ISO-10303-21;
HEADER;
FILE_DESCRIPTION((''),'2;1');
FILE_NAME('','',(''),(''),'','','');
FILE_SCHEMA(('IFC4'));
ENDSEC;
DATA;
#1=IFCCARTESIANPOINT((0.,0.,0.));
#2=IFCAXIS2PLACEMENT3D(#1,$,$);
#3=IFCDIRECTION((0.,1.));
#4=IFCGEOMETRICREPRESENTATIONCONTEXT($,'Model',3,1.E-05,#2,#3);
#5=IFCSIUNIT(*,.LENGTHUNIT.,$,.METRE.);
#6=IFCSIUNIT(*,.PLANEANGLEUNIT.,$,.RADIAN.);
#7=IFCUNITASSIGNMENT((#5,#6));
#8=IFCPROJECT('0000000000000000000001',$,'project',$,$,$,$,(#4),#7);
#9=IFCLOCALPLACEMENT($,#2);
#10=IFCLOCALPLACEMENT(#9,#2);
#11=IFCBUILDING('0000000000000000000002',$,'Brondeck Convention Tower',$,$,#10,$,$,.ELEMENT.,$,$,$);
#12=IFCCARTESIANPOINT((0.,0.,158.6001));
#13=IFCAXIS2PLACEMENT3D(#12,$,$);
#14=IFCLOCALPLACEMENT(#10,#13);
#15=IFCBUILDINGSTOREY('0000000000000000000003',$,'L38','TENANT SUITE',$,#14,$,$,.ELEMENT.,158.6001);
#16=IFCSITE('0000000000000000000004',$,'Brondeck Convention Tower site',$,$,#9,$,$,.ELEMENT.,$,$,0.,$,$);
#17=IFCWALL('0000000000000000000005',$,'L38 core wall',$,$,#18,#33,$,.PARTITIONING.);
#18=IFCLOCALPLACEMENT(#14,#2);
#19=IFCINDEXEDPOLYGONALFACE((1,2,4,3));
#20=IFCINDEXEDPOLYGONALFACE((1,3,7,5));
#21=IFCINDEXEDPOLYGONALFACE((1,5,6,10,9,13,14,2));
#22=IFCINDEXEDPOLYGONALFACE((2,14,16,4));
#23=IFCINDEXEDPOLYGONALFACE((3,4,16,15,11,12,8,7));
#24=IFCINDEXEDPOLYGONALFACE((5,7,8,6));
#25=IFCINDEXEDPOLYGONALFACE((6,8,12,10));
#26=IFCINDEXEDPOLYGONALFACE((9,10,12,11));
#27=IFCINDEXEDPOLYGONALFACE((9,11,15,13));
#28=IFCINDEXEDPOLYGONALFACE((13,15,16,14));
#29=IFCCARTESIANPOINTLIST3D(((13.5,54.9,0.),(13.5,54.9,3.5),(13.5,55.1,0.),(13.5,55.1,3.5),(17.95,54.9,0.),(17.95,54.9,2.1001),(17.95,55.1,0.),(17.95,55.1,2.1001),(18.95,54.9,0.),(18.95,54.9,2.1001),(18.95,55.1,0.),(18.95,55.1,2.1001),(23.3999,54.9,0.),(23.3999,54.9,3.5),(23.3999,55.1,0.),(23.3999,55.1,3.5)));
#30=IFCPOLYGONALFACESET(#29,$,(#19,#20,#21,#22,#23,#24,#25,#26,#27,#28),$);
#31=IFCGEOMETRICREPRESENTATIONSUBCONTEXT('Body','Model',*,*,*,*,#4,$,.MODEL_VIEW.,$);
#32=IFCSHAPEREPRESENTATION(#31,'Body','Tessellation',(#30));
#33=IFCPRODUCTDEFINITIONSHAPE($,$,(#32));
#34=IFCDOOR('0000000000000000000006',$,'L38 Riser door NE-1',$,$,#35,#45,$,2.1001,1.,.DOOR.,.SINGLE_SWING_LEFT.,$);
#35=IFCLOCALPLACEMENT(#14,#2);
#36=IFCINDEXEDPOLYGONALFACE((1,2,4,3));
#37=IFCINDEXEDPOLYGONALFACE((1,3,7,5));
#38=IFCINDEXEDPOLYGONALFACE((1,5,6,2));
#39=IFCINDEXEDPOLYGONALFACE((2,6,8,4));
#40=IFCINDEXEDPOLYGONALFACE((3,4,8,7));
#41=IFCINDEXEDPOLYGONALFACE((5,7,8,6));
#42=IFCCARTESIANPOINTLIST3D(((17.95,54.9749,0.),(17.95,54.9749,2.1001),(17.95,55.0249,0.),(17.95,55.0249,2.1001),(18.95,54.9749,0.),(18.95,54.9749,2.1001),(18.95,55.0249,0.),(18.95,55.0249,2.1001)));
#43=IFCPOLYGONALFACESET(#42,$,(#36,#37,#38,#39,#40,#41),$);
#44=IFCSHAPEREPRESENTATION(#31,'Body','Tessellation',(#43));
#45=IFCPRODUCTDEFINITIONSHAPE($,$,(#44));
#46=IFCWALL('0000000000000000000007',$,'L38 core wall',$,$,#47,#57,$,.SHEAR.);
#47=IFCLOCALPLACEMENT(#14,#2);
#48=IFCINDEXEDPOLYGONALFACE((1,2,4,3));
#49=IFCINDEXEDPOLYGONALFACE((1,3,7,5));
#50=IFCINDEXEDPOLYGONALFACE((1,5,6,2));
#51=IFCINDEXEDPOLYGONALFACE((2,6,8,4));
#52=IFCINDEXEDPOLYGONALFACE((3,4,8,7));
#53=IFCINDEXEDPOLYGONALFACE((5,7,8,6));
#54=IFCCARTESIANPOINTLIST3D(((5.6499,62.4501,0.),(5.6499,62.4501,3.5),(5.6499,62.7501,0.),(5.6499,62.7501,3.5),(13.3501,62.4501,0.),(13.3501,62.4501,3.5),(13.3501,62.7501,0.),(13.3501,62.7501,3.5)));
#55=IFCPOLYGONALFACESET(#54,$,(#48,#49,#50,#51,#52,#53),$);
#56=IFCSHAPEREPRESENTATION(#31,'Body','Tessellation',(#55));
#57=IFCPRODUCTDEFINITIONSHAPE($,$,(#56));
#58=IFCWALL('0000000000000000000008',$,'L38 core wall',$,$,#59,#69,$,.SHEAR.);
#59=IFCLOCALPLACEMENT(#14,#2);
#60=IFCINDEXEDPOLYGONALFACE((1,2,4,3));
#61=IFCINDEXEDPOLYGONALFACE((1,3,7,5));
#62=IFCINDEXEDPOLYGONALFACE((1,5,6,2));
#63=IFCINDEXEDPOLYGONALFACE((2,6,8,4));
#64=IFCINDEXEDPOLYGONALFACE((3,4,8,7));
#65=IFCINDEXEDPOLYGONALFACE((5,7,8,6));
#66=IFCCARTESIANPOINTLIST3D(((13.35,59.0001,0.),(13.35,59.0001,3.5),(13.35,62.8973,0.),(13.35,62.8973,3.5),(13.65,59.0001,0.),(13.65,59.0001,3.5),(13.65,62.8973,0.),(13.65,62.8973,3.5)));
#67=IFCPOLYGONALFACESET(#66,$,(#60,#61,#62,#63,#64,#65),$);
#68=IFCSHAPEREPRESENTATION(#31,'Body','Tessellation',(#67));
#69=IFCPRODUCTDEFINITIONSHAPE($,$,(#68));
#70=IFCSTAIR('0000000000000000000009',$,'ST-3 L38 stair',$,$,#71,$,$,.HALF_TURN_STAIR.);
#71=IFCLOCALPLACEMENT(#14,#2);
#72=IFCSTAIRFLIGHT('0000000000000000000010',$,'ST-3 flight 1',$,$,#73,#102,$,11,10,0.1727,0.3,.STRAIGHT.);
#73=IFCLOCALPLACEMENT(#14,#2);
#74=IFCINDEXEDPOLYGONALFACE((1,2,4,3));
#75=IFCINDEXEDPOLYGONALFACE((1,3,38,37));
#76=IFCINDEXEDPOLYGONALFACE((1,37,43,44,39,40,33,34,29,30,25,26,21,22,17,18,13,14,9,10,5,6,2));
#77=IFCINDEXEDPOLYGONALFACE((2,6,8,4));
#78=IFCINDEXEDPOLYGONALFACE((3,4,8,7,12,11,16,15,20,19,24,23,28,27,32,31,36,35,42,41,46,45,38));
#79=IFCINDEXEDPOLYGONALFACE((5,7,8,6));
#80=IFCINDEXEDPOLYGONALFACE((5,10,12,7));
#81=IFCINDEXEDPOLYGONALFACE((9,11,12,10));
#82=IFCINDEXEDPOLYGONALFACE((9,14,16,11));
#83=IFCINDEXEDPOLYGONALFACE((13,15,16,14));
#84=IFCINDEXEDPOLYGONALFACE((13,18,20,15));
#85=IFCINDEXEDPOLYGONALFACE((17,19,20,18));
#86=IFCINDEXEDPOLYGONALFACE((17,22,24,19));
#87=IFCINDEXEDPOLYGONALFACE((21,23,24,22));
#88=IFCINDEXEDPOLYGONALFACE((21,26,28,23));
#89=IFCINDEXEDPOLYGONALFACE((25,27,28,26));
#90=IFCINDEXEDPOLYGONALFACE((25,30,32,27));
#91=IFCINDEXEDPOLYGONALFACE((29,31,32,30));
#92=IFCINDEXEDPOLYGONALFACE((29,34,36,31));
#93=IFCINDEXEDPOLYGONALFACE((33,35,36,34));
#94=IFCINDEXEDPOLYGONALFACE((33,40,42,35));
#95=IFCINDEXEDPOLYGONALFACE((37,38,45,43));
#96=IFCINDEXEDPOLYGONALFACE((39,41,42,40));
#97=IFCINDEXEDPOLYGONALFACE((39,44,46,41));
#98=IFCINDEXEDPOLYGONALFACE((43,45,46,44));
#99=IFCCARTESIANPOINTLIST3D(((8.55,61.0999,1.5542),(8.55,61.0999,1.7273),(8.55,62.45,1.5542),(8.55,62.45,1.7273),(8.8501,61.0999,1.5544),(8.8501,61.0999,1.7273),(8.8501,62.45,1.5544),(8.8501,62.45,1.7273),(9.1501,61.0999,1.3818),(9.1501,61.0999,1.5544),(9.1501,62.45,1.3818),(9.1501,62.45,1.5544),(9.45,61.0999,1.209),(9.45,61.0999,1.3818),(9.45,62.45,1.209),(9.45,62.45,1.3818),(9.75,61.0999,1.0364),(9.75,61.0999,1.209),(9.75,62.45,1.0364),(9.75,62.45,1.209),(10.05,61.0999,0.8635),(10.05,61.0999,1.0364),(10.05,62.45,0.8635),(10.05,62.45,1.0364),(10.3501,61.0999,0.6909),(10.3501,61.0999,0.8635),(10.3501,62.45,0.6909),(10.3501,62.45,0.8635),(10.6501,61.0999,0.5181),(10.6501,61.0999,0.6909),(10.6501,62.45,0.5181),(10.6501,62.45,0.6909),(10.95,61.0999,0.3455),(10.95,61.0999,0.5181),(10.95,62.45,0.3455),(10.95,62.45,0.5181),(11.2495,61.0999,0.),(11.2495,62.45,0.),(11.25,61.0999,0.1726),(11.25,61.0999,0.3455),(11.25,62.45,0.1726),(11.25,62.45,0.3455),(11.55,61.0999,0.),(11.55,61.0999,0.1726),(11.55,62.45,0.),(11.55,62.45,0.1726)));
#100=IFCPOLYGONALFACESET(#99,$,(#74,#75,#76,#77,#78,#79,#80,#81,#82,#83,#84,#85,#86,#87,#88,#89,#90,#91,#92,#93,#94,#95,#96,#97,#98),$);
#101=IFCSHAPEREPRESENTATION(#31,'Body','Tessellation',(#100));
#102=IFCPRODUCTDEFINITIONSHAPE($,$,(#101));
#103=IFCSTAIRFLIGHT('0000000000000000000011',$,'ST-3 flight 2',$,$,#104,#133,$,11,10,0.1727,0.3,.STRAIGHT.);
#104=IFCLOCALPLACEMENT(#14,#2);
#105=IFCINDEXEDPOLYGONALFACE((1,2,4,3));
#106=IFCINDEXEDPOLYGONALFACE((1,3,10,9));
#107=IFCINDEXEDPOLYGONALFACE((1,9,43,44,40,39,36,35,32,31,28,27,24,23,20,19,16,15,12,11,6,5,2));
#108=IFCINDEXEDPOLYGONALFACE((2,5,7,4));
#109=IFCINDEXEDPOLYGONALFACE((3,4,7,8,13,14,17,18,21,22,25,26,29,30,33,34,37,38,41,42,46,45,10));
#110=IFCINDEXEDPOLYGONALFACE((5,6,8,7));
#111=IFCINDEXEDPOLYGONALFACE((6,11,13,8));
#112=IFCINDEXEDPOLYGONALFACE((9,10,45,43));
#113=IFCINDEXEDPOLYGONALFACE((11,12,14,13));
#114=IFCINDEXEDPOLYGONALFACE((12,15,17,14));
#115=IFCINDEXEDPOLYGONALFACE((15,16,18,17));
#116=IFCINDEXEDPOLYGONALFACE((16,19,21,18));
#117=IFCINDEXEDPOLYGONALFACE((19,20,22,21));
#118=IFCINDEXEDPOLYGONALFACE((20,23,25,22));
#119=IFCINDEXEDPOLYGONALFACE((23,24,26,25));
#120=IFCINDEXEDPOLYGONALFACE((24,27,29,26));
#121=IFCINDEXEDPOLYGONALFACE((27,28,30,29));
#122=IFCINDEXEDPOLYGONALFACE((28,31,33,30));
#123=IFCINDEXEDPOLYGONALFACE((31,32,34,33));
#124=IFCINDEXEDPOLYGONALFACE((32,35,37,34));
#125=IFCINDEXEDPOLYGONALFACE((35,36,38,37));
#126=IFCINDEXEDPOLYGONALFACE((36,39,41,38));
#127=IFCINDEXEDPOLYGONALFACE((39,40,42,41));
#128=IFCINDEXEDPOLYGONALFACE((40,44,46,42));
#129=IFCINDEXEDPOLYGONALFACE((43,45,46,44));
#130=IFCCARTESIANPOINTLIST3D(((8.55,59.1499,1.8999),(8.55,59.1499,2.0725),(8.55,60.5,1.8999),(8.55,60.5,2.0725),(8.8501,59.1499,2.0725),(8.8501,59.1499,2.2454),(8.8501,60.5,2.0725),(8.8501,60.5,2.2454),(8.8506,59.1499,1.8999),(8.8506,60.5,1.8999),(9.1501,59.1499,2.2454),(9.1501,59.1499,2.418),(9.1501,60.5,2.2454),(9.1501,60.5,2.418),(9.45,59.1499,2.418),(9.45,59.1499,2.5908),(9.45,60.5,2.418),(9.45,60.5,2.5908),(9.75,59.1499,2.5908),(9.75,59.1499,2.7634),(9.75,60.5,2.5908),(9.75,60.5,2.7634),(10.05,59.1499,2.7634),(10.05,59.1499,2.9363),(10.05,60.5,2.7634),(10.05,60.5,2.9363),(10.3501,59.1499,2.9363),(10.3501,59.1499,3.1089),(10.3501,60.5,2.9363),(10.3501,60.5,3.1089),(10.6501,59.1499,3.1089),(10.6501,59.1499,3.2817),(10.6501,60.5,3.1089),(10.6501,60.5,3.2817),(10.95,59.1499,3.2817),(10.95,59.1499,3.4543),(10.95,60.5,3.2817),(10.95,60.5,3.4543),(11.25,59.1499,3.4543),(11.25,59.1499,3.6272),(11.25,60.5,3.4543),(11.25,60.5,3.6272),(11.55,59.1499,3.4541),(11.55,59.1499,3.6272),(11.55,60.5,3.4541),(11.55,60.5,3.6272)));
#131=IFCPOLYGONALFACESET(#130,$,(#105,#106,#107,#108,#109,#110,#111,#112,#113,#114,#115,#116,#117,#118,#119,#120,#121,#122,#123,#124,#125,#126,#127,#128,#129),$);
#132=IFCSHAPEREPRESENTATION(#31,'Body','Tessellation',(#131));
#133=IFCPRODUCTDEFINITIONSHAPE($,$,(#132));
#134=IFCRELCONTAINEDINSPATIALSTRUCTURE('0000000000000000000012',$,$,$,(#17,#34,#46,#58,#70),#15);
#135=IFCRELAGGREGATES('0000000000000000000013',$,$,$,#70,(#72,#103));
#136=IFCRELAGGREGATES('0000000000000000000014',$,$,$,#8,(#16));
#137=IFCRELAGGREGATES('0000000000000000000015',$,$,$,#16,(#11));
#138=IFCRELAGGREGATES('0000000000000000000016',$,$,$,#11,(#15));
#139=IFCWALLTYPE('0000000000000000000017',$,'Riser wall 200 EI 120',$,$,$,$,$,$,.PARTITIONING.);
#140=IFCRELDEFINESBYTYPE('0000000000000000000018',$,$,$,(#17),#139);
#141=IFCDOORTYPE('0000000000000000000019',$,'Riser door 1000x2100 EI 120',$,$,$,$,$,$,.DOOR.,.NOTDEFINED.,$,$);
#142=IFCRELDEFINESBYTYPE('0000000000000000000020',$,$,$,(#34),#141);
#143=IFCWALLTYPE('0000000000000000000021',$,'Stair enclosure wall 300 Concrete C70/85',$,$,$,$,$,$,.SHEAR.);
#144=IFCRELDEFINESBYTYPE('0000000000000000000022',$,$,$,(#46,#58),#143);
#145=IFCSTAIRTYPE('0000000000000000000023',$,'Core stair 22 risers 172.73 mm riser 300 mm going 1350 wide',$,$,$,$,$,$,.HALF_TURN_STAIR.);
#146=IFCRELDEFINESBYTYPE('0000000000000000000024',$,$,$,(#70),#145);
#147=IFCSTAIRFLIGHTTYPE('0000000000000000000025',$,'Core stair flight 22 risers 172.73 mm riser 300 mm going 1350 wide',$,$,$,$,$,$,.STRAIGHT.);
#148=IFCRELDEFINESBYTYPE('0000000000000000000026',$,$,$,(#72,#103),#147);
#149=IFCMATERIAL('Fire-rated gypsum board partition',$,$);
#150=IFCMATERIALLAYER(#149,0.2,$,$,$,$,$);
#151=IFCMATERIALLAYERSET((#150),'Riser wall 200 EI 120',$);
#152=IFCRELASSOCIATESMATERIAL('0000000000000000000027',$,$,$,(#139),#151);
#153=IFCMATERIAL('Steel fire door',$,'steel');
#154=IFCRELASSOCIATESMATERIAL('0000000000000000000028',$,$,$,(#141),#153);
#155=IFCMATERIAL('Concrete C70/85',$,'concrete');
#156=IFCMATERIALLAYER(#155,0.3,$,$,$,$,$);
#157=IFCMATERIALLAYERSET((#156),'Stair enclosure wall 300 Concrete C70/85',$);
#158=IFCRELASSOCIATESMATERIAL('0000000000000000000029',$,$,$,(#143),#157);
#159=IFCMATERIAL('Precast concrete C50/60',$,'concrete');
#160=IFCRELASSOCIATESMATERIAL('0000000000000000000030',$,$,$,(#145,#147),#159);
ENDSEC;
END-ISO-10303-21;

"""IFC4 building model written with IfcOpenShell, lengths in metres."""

from ifc_helpers import new_model, si_unit, direction, frame, frame_2d, origin, place, context, subcontext, project, spatial, polyline, rectangle, outline, extrude, material, layer, layer_set, type_object, element, fill, aggregate, save


model = new_model("IFC4")

# Units and contexts
model_context = context("Model", 3, precision=1e-05, world=origin(), true_north=direction((0.0, 1.0)))
body_context = subcontext(model_context, "Body", "Model", "MODEL_VIEW")
ifc_project = project(units=[si_unit("LENGTHUNIT", "METRE"), si_unit("PLANEANGLEUNIT", "RADIAN")], contexts=[model_context])

# Site, building, storey
site_placement = place(None, origin())
site = spatial("IfcSite", under=ifc_project, at=site_placement, Name="Brondeck Convention Tower site", CompositionType="ELEMENT", RefElevation=0.0)
building_placement = place(site_placement, origin())
building = spatial("IfcBuilding", under=site, at=building_placement, Name="Brondeck Convention Tower", CompositionType="ELEMENT")
storey_placement = place(building_placement, frame((0.0, 0.0, 158.6001)))
storey = spatial("IfcBuildingStorey", under=building, at=storey_placement, Name="L38", Description="TENANT SUITE", CompositionType="ELEMENT", Elevation=158.6001)

# Shared definitions
ifc_material_1 = material(Name="Concrete C70/85", Category="concrete")

# Shared definitions
ifc_material_2 = material(Name="Fire-rated gypsum board partition")

# Shared definitions
ifc_material_3 = material(Name="Steel fire door", Category="steel")

# Wall, opening, door
ifc_layer_1 = layer(ifc_material_2, 0.2)
ifc_layer_set_1 = layer_set([ifc_layer_1], Name="Riser wall 200 EI 120")
wall_type_1 = type_object("IfcWallType", Name="Riser wall 200 EI 120", PredefinedType="PARTITIONING", material=ifc_layer_set_1)
wall_1_placement = place(storey_placement, frame((13.5, 55.0, 0.0), z_axis=(0.0, 0.0, 1.0), x_axis=(1.0, 0.0, 0.0)))
wall_1 = element("IfcWall", 1, at=wall_1_placement, inside=storey, type_object=wall_type_1, Name="L38 core wall", PredefinedType="PARTITIONING", context=body_context, shape_type="SweptSolid", body=[
    extrude(rectangle(XDim=9.8999, YDim=0.2, at=frame_2d((4.95, 0.0))), origin(), (0.0, 0.0, 1.0), 3.5),
])
opening_1_placement = place(wall_1_placement, frame((4.45, 0.0, 0.0)))
opening_1 = element("IfcOpeningElement", 2, at=opening_1_placement, cuts=wall_1, PredefinedType="OPENING", context=body_context, shape_type="SweptSolid", body=[
    extrude(rectangle(XDim=1.0, YDim=2.1001, at=frame_2d((0.5, 1.05))), frame((0.0, 0.1099, 0.0), z_axis=(0.0, -1.0, 0.0), x_axis=(1.0, 0.0, 0.0)), (0.0, 0.0, 1.0), 0.22),
])
door_type_1 = type_object("IfcDoorType", Name="Riser door 1000x2100 EI 120", OperationType="NOTDEFINED", PredefinedType="DOOR", material=ifc_material_3)
door_1_placement = place(opening_1_placement, origin())
door_1 = element("IfcDoor", 3, at=door_1_placement, inside=storey, type_object=door_type_1, Name="L38 Riser door NE-1", OperationType="SINGLE_SWING_LEFT", OverallHeight=2.1001, OverallWidth=1.0, PredefinedType="DOOR", context=body_context, shape_type="SweptSolid", body=[
    extrude(rectangle(XDim=1.0, YDim=2.1001, at=frame_2d((0.5, 1.05))), frame((0.0, 0.0249, 0.0), z_axis=(0.0, -1.0, 0.0), x_axis=(1.0, 0.0, 0.0)), (0.0, 0.0, 1.0), 0.05),
])
fill(opening_1, door_1)

# Walls
ifc_layer_2 = layer(ifc_material_1, 0.3)
ifc_layer_set_2 = layer_set([ifc_layer_2], Name="Stair enclosure wall 300 Concrete C70/85")
wall_type_2 = type_object("IfcWallType", Name="Stair enclosure wall 300 Concrete C70/85", PredefinedType="SHEAR", material=ifc_layer_set_2)
wall_2_placement = place(storey_placement, frame((5.6499, 62.6001, 0.0), z_axis=(0.0, 0.0, 1.0), x_axis=(1.0, 0.0, 0.0)))
element("IfcWall", 4, at=wall_2_placement, inside=storey, type_object=wall_type_2, Name="L38 core wall", PredefinedType="SHEAR", context=body_context, shape_type="SweptSolid", body=[
    extrude(rectangle(XDim=7.7002, YDim=0.3, at=frame_2d((3.8501, 0.0))), origin(), (0.0, 0.0, 1.0), 3.5),
])
wall_3_placement = place(storey_placement, frame((13.5, 59.0, 0.0), z_axis=(0.0, 0.0, 1.0), x_axis=(0.0, 1.0, 0.0)))
element("IfcWall", 5, at=wall_3_placement, inside=storey, type_object=wall_type_2, Name="L38 core wall", PredefinedType="SHEAR", context=body_context, shape_type="SweptSolid", body=[
    extrude(rectangle(XDim=3.8972, YDim=0.3, at=frame_2d((1.9487, 0.0))), origin(), (0.0, 0.0, 1.0), 3.5),
])

# Stair, stair flights
ifc_material_4 = material(Name="Precast concrete C50/60", Category="concrete")
stair_type = type_object("IfcStairType", Name="Core stair 22 risers 172.73 mm riser 300 mm going 1350 wide", PredefinedType="HALF_TURN_STAIR", material=ifc_material_4)
stair_placement = place(storey_placement, origin())
stair = element("IfcStair", 6, at=stair_placement, inside=storey, type_object=stair_type, Name="ST-3 L38 stair", PredefinedType="HALF_TURN_STAIR")
stair_flight_type = type_object("IfcStairFlightType", Name="Core stair flight 22 risers 172.73 mm riser 300 mm going 1350 wide", PredefinedType="STRAIGHT", material=ifc_material_4)
stair_flight_1_placement = place(storey_placement, frame((11.55, 61.7749, 0.0), z_axis=(0.0, 0.0, 1.0), x_axis=(-1.0, 0.0, 0.0)))
stair_flight_1 = element("IfcStairFlight", 7, at=stair_flight_1_placement, type_object=stair_flight_type, Name="ST-3 flight 1", NumberOfRisers=11, NumberOfTreads=10, PredefinedType="STRAIGHT", RiserHeight=0.1727, TreadLength=0.3, context=body_context, shape_type="SweptSolid", body=[
    extrude(outline(polyline([(0.0, 0.0), (0.0, 0.1726), (0.3, 0.1726), (0.3, 0.3455), (0.6001, 0.3455), (0.6001, 0.5181), (0.8999, 0.5181), (0.8999, 0.6909), (1.2, 0.6909), (1.2, 0.8635), (1.5, 0.8635), (1.5, 1.0364), (1.8, 1.0364), (1.8, 1.209), (2.1001, 1.209), (2.1001, 1.3818), (2.3999, 1.3818), (2.3999, 1.5544), (2.7, 1.5544), (2.7, 1.7273), (3.0, 1.7273), (3.0, 1.8999), (3.0, 1.5542), (0.3005, 0.0), (0.0, 0.0)])), frame((0.0, 0.675, 0.0), z_axis=(0.0, -1.0, 0.0), x_axis=(1.0, 0.0, 0.0)), (0.0, 0.0, 1.0), 1.3501),
])
stair_flight_2_placement = place(storey_placement, frame((8.55, 59.825, 1.8999), z_axis=(0.0, 0.0, 1.0), x_axis=(1.0, 0.0, 0.0)))
stair_flight_2 = element("IfcStairFlight", 8, at=stair_flight_2_placement, type_object=stair_flight_type, Name="ST-3 flight 2", NumberOfRisers=11, NumberOfTreads=10, PredefinedType="STRAIGHT", RiserHeight=0.1727, TreadLength=0.3, context=body_context, shape_type="SweptSolid", body=[
    extrude(outline(polyline([(0.0, 0.0), (0.0, 0.1726), (0.3, 0.1726), (0.3, 0.3455), (0.6001, 0.3455), (0.6001, 0.5181), (0.8999, 0.5181), (0.8999, 0.6909), (1.2, 0.6909), (1.2, 0.8635), (1.5, 0.8635), (1.5, 1.0364), (1.8, 1.0364), (1.8, 1.209), (2.1001, 1.209), (2.1001, 1.3818), (2.3999, 1.3818), (2.3999, 1.5544), (2.7, 1.5544), (2.7, 1.7273), (3.0, 1.7273), (3.0, 1.8999), (3.0, 1.5542), (0.3005, 0.0), (0.0, 0.0)])), frame((0.0, 0.675, 0.0), z_axis=(0.0, -1.0, 0.0), x_axis=(1.0, 0.0, 0.0)), (0.0, 0.0, 1.0), 1.3501),
])
aggregate(stair, [stair_flight_1, stair_flight_2])

save(model, "model.ifc")
